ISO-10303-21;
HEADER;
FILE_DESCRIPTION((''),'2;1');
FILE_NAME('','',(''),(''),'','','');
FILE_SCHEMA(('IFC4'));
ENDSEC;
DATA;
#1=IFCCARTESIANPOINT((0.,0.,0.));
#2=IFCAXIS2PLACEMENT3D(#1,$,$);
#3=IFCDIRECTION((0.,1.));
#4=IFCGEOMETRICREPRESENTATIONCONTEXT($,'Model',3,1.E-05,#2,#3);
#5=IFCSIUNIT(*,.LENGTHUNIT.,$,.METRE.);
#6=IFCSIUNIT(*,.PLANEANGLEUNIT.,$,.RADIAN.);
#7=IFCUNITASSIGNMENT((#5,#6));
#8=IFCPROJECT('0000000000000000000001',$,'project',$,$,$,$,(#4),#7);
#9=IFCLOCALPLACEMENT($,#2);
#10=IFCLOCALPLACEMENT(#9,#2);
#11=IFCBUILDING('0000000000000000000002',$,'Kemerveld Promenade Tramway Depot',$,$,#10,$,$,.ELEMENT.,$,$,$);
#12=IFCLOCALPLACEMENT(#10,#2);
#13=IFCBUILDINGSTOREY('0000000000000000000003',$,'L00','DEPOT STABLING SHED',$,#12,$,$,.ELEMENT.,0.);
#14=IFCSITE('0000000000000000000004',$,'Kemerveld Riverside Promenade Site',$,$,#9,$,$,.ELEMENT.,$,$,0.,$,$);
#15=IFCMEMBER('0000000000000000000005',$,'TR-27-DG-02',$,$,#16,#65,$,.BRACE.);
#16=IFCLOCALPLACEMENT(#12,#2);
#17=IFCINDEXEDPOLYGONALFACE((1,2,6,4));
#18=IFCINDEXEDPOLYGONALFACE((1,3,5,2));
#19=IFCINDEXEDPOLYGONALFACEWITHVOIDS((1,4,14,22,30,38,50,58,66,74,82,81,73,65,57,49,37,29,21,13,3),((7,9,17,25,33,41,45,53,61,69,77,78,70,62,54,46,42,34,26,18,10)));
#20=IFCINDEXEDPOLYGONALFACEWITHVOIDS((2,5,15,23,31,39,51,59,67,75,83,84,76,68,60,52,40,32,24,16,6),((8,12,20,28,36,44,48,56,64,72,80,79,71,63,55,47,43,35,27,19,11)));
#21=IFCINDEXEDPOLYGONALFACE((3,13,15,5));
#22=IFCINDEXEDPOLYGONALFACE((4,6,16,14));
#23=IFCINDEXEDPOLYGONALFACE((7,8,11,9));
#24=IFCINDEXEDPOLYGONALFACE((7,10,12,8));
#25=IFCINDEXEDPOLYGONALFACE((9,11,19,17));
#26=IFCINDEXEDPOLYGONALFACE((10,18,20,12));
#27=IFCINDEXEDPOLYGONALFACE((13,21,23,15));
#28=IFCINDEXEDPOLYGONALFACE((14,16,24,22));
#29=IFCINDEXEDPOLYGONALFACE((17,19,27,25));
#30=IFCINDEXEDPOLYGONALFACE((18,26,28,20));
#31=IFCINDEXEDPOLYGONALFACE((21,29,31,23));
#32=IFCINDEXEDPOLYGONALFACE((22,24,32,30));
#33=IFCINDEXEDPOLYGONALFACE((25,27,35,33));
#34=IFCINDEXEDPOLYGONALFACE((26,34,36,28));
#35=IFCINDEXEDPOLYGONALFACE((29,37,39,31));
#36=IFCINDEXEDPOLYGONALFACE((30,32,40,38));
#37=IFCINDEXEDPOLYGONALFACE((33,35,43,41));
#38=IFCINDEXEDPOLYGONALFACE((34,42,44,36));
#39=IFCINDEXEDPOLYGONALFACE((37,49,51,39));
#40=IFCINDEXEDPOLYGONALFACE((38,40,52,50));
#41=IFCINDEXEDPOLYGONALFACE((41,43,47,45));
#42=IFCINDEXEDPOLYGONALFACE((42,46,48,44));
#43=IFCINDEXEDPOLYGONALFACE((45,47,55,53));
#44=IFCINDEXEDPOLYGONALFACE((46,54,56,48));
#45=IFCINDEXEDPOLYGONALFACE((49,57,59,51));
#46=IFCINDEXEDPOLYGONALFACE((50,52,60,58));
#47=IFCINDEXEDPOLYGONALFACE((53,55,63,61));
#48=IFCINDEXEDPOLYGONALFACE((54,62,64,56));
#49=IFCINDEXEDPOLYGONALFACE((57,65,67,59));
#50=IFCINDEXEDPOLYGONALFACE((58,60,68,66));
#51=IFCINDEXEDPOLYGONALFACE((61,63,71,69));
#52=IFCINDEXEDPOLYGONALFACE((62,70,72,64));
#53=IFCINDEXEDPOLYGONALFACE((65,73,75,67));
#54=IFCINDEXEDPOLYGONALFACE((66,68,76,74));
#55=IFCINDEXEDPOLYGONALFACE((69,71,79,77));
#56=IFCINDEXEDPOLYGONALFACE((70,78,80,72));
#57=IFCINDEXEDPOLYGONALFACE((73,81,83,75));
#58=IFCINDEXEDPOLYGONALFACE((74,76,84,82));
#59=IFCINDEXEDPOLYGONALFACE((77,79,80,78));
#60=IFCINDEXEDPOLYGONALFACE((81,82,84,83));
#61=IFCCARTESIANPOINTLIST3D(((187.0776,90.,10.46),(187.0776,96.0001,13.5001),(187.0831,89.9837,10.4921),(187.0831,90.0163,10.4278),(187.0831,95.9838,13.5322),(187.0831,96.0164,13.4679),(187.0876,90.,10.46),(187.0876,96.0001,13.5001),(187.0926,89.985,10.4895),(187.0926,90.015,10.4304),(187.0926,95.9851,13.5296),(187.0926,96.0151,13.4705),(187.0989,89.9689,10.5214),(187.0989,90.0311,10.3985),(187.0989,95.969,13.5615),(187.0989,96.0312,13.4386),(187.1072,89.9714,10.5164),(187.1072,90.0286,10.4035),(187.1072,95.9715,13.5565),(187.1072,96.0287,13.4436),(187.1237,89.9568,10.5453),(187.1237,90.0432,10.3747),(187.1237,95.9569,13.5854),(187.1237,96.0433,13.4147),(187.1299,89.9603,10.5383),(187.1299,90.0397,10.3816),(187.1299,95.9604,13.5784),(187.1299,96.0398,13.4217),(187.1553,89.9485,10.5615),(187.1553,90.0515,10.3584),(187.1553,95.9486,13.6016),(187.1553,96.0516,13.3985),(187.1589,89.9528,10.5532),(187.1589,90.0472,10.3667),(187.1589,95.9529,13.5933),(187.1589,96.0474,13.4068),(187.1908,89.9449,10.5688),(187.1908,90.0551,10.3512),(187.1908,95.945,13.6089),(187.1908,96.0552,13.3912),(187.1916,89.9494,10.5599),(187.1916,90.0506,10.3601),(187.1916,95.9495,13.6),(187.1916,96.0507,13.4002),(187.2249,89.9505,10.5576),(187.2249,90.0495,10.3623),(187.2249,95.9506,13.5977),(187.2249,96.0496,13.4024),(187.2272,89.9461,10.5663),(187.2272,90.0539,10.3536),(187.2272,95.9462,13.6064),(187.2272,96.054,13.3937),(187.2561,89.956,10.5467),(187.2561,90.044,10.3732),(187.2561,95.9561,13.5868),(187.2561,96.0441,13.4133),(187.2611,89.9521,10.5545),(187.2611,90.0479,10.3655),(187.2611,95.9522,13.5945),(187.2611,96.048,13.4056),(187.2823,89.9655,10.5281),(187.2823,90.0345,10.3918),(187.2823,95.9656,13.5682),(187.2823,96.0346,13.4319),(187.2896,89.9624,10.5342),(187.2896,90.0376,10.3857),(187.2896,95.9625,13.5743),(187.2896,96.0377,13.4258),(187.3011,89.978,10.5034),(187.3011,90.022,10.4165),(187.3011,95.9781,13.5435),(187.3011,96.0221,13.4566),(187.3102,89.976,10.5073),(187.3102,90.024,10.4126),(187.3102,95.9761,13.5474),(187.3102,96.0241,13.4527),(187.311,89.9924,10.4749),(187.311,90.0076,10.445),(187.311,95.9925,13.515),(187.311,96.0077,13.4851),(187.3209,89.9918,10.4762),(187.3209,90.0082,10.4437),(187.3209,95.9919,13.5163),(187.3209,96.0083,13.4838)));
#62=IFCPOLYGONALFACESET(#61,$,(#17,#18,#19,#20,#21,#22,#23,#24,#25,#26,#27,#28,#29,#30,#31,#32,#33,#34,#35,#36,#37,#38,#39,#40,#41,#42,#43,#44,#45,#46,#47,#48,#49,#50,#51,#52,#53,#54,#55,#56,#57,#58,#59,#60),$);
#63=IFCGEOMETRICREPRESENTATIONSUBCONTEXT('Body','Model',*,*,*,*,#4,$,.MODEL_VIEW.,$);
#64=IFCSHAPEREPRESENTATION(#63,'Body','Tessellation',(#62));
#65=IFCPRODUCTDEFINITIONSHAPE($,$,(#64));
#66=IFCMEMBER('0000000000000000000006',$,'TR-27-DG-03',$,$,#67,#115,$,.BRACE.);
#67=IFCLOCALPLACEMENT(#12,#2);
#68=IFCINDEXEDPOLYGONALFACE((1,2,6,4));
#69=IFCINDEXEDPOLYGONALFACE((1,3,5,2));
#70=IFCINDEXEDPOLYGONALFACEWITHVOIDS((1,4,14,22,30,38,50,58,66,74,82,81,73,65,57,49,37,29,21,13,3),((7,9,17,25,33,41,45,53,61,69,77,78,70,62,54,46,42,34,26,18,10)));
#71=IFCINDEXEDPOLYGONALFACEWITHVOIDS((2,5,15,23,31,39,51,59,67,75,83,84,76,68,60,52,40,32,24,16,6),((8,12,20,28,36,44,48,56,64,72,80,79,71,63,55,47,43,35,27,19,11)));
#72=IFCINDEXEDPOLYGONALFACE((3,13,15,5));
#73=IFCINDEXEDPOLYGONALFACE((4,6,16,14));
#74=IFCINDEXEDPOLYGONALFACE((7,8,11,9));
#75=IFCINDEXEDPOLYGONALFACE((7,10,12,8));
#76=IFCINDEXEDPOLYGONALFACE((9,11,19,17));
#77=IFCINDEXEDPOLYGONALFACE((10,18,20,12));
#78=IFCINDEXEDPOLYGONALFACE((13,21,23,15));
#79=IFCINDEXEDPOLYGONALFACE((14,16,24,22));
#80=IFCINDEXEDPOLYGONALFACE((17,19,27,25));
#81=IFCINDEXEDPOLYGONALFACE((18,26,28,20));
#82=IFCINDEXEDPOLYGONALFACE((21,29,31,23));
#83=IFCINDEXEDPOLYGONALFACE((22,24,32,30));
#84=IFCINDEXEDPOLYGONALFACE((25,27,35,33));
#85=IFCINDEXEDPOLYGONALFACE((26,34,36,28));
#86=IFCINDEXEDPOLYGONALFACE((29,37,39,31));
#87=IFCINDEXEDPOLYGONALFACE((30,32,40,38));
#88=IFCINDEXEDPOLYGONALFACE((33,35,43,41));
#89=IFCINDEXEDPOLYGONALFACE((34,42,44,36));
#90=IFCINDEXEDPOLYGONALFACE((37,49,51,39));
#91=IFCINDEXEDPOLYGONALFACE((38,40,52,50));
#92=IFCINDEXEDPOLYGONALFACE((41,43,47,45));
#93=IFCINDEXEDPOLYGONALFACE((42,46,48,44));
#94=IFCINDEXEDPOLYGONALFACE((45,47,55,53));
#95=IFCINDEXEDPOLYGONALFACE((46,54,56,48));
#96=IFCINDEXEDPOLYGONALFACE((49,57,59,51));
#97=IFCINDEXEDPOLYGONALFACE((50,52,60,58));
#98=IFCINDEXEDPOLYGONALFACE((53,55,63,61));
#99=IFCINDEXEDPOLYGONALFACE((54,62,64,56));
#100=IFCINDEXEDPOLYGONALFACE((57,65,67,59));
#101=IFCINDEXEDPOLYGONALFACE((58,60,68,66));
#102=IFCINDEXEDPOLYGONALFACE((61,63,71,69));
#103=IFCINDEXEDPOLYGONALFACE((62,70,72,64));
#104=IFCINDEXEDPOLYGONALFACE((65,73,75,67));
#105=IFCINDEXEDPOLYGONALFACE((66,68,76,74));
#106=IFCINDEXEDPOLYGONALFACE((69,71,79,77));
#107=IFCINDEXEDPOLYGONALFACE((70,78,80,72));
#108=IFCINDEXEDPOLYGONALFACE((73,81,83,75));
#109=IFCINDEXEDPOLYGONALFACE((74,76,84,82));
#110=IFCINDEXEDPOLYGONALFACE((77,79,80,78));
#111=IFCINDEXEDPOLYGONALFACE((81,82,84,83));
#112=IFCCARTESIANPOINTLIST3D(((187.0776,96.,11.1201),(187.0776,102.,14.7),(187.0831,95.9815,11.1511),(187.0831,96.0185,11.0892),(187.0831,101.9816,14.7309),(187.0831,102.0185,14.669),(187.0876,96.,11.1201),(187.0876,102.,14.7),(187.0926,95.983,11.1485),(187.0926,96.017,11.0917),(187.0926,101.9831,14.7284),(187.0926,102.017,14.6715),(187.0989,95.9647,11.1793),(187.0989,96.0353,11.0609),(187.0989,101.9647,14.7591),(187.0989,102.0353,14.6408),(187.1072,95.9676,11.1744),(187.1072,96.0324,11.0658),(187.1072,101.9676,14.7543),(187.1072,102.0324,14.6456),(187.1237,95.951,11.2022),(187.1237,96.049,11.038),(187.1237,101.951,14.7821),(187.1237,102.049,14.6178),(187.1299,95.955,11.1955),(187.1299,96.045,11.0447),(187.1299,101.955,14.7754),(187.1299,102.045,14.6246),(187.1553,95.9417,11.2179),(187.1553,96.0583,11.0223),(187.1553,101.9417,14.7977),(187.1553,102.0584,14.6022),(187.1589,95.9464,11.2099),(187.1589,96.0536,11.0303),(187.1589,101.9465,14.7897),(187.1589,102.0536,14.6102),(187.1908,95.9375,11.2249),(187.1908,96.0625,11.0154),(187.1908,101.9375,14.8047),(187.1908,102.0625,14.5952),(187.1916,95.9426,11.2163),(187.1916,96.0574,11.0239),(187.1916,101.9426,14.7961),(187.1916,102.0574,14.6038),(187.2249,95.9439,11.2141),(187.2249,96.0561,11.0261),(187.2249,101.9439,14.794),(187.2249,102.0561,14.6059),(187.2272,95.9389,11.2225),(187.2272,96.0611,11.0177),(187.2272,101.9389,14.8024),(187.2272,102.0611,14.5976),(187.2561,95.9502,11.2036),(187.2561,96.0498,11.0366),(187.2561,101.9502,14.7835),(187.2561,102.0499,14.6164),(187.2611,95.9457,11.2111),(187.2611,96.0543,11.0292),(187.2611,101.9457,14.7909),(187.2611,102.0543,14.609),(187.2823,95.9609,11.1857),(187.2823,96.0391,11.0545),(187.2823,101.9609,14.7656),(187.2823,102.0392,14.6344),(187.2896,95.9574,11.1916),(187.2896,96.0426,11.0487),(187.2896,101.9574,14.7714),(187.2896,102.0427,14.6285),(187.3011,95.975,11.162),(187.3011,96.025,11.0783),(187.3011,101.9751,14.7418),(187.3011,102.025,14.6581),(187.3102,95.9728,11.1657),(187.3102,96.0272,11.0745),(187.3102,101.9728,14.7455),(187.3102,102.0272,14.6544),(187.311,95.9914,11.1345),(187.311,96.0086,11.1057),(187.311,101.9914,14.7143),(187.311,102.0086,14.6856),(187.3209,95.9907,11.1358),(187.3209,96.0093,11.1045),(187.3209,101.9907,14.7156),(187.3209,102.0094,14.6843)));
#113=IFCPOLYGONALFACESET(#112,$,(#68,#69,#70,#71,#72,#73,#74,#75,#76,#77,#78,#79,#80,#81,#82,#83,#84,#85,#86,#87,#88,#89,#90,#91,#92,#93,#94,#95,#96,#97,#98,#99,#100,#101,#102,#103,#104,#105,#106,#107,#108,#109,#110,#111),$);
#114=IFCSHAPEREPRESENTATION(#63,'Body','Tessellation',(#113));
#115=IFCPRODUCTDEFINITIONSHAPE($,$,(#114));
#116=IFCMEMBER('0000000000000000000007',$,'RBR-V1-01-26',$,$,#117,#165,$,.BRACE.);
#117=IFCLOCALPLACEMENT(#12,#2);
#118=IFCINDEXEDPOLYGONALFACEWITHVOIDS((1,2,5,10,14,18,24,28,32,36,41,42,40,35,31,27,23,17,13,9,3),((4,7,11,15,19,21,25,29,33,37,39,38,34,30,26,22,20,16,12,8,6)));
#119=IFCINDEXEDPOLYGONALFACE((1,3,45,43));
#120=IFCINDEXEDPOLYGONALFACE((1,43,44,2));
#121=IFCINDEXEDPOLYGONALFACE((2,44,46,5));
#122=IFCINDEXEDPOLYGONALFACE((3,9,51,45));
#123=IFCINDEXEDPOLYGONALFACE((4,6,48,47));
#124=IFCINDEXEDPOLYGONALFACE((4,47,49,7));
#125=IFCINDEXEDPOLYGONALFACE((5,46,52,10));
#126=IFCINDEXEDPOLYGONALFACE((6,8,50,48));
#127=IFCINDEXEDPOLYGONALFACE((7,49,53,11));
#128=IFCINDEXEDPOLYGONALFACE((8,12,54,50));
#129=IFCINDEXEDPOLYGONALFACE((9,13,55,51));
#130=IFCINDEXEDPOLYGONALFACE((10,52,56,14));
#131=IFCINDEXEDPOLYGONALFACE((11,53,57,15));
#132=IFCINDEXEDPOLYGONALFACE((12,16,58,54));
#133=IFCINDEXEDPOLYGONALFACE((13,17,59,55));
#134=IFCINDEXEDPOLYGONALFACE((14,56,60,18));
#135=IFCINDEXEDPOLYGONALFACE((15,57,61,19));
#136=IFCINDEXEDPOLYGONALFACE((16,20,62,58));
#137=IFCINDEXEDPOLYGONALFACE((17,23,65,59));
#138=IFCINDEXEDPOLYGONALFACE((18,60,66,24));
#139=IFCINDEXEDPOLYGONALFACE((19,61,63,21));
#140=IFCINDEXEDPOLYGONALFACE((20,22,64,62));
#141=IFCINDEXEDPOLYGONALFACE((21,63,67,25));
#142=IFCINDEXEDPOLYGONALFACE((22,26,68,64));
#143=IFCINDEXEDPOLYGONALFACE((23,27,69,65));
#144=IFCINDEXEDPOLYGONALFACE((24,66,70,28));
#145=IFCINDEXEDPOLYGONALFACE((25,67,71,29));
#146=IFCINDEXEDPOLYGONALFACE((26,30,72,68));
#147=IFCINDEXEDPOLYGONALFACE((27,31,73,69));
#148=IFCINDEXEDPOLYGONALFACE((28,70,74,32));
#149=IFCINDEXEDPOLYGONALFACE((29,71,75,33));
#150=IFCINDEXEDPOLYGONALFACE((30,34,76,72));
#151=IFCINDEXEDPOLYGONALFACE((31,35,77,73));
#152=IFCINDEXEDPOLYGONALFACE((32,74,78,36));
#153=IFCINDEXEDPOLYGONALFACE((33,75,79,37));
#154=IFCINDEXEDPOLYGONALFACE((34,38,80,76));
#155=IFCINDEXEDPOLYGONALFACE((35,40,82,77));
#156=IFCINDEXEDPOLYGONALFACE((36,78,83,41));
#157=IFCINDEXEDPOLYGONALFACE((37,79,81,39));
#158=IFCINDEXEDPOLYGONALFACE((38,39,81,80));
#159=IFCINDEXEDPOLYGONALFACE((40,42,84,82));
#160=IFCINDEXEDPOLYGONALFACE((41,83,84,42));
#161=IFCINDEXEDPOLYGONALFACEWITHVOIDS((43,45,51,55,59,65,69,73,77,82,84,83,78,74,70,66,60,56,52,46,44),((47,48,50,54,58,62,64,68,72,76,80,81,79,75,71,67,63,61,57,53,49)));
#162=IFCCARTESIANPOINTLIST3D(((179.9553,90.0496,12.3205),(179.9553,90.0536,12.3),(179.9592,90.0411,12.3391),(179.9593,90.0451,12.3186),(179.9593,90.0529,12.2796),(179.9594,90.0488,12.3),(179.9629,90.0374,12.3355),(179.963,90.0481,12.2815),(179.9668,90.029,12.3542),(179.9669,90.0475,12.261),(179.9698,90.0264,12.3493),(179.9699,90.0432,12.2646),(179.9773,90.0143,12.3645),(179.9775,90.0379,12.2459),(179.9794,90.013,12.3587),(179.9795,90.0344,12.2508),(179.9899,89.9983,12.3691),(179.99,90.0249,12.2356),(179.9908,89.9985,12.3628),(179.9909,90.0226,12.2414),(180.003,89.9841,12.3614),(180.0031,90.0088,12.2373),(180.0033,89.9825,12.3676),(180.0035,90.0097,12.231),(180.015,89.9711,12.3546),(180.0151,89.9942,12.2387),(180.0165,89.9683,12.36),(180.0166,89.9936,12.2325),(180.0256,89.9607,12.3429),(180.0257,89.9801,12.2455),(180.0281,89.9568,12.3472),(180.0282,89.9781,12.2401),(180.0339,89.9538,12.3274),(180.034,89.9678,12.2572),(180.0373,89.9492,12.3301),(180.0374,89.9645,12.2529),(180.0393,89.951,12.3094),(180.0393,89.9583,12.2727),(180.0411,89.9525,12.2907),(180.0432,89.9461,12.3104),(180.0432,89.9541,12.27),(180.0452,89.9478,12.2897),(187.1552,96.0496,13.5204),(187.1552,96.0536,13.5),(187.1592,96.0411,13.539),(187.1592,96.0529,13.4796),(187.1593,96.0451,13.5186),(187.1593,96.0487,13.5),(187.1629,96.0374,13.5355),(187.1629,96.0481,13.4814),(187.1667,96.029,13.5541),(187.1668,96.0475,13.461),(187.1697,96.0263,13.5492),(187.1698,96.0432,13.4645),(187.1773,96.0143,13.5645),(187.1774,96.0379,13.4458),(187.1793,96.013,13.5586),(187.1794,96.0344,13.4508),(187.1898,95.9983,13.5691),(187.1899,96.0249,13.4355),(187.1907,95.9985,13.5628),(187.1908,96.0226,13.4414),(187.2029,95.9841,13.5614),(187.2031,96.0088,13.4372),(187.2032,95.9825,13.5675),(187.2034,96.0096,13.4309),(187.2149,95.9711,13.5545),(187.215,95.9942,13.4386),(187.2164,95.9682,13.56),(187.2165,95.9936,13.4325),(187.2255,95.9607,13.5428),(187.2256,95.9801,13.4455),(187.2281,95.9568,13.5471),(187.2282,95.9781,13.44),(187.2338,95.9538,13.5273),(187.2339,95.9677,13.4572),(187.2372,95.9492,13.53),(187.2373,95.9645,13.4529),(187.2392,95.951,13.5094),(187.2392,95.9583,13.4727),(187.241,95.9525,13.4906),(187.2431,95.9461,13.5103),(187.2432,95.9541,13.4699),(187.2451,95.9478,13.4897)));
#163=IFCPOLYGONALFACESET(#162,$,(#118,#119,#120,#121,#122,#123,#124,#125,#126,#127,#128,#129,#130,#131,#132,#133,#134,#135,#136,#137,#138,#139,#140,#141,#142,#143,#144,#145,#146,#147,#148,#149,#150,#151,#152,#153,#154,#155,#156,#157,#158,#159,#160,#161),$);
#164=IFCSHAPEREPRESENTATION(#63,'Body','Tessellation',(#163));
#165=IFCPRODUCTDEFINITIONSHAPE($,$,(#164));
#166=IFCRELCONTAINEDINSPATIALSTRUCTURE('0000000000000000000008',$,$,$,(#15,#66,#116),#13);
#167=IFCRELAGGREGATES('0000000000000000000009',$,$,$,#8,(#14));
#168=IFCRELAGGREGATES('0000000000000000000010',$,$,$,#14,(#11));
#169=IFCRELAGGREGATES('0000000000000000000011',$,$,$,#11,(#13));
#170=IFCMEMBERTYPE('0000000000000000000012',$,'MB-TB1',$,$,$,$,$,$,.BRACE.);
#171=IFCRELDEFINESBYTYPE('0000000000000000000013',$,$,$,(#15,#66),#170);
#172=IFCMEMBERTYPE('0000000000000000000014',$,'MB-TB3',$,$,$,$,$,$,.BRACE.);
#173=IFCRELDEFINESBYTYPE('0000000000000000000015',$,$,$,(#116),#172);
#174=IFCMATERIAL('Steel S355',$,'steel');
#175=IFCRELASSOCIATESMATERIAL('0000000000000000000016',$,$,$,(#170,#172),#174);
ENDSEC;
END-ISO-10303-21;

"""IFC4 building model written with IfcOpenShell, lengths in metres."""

from ifc_helpers import new_model, si_unit, direction, frame, origin, origin_2d, place, context, subcontext, project, spatial, hollow_circle, extrude, material, material_profile, profile_set, type_object, element, save


model = new_model("IFC4")

# Units and contexts
model_context = context("Model", 3, precision=1e-05, world=origin(), true_north=direction((0.0, 1.0)))
body_context = subcontext(model_context, "Body", "Model", "MODEL_VIEW")
ifc_project = project(units=[si_unit("LENGTHUNIT", "METRE"), si_unit("PLANEANGLEUNIT", "RADIAN")], contexts=[model_context])

# Site, building, storey
site_placement = place(None, origin())
site = spatial("IfcSite", under=ifc_project, at=site_placement, Name="Kemerveld Riverside Promenade Site", CompositionType="ELEMENT", RefElevation=0.0)
building_placement = place(site_placement, origin())
building = spatial("IfcBuilding", under=site, at=building_placement, Name="Kemerveld Promenade Tramway Depot", CompositionType="ELEMENT")
storey_placement = place(building_placement, origin())
storey = spatial("IfcBuildingStorey", under=building, at=storey_placement, Name="L00", Description="DEPOT STABLING SHED", CompositionType="ELEMENT", Elevation=0.0)

# Shared definitions
ifc_material_1 = material(Name="Steel S355", Category="steel")

# Members
ifc_material_profile_1 = material_profile(ifc_material_1, hollow_circle(Radius=0.1223, WallThickness=0.01, at=origin_2d()), Name="244.5x10.0 CHS")
ifc_profile_set_1 = profile_set([ifc_material_profile_1], Name="Steel S355")
member_type_1 = type_object("IfcMemberType", Name="MB-TB1", PredefinedType="BRACE", material=ifc_profile_set_1)
member_1_placement = place(storey_placement, frame((187.2, 90.0, 10.46), z_axis=(0.0, 0.892033, 0.451969), x_axis=(-1.0, 0.0, 0.0)))
element("IfcMember", 1, at=member_1_placement, inside=storey, type_object=member_type_1, Name="TR-27-DG-02", PredefinedType="BRACE", context=body_context, shape_type="SweptSolid", body=[
    extrude(hollow_circle(Radius=0.1223, WallThickness=0.01, at=origin_2d()), origin(), (0.0, 0.0, 1.0), 6.7263),
])
member_2_placement = place(storey_placement, frame((187.2, 96.0, 11.1201), z_axis=(0.0, 0.858764, 0.512372), x_axis=(-1.0, 0.0, 0.0)))
element("IfcMember", 2, at=member_2_placement, inside=storey, type_object=member_type_1, Name="TR-27-DG-03", PredefinedType="BRACE", context=body_context, shape_type="SweptSolid", body=[
    extrude(hollow_circle(Radius=0.1223, WallThickness=0.01, at=origin_2d()), origin(), (0.0, 0.0, 1.0), 6.9868),
])
ifc_material_profile_2 = material_profile(ifc_material_1, hollow_circle(Radius=0.0698, WallThickness=0.0063, at=origin_2d()), Name="139.7x6.3 CHS")
ifc_profile_set_2 = profile_set([ifc_material_profile_2], Name="Steel S355")
member_type_2 = type_object("IfcMemberType", Name="MB-TB3", PredefinedType="BRACE", material=ifc_profile_set_2)
for number, where, z_axis, x_axis, name in (
    (3, (180.0, 90.0, 12.3), (0.761999, 0.635004, 0.126996), (-0.640187, 0.768219, 0.0), "RBR-V1-01-26"),
):
    element("IfcMember", number, at=place(storey_placement, frame(where, z_axis=z_axis, x_axis=x_axis)), inside=storey, type_object=member_type_2, Name=name, PredefinedType="BRACE", context=body_context, shape_type="SweptSolid", body=[
        extrude(hollow_circle(Radius=0.0698, WallThickness=0.0063, at=origin_2d()), origin(), (0.0, 0.0, 1.0), 9.4487),
    ])

save(model, "model.ifc")
